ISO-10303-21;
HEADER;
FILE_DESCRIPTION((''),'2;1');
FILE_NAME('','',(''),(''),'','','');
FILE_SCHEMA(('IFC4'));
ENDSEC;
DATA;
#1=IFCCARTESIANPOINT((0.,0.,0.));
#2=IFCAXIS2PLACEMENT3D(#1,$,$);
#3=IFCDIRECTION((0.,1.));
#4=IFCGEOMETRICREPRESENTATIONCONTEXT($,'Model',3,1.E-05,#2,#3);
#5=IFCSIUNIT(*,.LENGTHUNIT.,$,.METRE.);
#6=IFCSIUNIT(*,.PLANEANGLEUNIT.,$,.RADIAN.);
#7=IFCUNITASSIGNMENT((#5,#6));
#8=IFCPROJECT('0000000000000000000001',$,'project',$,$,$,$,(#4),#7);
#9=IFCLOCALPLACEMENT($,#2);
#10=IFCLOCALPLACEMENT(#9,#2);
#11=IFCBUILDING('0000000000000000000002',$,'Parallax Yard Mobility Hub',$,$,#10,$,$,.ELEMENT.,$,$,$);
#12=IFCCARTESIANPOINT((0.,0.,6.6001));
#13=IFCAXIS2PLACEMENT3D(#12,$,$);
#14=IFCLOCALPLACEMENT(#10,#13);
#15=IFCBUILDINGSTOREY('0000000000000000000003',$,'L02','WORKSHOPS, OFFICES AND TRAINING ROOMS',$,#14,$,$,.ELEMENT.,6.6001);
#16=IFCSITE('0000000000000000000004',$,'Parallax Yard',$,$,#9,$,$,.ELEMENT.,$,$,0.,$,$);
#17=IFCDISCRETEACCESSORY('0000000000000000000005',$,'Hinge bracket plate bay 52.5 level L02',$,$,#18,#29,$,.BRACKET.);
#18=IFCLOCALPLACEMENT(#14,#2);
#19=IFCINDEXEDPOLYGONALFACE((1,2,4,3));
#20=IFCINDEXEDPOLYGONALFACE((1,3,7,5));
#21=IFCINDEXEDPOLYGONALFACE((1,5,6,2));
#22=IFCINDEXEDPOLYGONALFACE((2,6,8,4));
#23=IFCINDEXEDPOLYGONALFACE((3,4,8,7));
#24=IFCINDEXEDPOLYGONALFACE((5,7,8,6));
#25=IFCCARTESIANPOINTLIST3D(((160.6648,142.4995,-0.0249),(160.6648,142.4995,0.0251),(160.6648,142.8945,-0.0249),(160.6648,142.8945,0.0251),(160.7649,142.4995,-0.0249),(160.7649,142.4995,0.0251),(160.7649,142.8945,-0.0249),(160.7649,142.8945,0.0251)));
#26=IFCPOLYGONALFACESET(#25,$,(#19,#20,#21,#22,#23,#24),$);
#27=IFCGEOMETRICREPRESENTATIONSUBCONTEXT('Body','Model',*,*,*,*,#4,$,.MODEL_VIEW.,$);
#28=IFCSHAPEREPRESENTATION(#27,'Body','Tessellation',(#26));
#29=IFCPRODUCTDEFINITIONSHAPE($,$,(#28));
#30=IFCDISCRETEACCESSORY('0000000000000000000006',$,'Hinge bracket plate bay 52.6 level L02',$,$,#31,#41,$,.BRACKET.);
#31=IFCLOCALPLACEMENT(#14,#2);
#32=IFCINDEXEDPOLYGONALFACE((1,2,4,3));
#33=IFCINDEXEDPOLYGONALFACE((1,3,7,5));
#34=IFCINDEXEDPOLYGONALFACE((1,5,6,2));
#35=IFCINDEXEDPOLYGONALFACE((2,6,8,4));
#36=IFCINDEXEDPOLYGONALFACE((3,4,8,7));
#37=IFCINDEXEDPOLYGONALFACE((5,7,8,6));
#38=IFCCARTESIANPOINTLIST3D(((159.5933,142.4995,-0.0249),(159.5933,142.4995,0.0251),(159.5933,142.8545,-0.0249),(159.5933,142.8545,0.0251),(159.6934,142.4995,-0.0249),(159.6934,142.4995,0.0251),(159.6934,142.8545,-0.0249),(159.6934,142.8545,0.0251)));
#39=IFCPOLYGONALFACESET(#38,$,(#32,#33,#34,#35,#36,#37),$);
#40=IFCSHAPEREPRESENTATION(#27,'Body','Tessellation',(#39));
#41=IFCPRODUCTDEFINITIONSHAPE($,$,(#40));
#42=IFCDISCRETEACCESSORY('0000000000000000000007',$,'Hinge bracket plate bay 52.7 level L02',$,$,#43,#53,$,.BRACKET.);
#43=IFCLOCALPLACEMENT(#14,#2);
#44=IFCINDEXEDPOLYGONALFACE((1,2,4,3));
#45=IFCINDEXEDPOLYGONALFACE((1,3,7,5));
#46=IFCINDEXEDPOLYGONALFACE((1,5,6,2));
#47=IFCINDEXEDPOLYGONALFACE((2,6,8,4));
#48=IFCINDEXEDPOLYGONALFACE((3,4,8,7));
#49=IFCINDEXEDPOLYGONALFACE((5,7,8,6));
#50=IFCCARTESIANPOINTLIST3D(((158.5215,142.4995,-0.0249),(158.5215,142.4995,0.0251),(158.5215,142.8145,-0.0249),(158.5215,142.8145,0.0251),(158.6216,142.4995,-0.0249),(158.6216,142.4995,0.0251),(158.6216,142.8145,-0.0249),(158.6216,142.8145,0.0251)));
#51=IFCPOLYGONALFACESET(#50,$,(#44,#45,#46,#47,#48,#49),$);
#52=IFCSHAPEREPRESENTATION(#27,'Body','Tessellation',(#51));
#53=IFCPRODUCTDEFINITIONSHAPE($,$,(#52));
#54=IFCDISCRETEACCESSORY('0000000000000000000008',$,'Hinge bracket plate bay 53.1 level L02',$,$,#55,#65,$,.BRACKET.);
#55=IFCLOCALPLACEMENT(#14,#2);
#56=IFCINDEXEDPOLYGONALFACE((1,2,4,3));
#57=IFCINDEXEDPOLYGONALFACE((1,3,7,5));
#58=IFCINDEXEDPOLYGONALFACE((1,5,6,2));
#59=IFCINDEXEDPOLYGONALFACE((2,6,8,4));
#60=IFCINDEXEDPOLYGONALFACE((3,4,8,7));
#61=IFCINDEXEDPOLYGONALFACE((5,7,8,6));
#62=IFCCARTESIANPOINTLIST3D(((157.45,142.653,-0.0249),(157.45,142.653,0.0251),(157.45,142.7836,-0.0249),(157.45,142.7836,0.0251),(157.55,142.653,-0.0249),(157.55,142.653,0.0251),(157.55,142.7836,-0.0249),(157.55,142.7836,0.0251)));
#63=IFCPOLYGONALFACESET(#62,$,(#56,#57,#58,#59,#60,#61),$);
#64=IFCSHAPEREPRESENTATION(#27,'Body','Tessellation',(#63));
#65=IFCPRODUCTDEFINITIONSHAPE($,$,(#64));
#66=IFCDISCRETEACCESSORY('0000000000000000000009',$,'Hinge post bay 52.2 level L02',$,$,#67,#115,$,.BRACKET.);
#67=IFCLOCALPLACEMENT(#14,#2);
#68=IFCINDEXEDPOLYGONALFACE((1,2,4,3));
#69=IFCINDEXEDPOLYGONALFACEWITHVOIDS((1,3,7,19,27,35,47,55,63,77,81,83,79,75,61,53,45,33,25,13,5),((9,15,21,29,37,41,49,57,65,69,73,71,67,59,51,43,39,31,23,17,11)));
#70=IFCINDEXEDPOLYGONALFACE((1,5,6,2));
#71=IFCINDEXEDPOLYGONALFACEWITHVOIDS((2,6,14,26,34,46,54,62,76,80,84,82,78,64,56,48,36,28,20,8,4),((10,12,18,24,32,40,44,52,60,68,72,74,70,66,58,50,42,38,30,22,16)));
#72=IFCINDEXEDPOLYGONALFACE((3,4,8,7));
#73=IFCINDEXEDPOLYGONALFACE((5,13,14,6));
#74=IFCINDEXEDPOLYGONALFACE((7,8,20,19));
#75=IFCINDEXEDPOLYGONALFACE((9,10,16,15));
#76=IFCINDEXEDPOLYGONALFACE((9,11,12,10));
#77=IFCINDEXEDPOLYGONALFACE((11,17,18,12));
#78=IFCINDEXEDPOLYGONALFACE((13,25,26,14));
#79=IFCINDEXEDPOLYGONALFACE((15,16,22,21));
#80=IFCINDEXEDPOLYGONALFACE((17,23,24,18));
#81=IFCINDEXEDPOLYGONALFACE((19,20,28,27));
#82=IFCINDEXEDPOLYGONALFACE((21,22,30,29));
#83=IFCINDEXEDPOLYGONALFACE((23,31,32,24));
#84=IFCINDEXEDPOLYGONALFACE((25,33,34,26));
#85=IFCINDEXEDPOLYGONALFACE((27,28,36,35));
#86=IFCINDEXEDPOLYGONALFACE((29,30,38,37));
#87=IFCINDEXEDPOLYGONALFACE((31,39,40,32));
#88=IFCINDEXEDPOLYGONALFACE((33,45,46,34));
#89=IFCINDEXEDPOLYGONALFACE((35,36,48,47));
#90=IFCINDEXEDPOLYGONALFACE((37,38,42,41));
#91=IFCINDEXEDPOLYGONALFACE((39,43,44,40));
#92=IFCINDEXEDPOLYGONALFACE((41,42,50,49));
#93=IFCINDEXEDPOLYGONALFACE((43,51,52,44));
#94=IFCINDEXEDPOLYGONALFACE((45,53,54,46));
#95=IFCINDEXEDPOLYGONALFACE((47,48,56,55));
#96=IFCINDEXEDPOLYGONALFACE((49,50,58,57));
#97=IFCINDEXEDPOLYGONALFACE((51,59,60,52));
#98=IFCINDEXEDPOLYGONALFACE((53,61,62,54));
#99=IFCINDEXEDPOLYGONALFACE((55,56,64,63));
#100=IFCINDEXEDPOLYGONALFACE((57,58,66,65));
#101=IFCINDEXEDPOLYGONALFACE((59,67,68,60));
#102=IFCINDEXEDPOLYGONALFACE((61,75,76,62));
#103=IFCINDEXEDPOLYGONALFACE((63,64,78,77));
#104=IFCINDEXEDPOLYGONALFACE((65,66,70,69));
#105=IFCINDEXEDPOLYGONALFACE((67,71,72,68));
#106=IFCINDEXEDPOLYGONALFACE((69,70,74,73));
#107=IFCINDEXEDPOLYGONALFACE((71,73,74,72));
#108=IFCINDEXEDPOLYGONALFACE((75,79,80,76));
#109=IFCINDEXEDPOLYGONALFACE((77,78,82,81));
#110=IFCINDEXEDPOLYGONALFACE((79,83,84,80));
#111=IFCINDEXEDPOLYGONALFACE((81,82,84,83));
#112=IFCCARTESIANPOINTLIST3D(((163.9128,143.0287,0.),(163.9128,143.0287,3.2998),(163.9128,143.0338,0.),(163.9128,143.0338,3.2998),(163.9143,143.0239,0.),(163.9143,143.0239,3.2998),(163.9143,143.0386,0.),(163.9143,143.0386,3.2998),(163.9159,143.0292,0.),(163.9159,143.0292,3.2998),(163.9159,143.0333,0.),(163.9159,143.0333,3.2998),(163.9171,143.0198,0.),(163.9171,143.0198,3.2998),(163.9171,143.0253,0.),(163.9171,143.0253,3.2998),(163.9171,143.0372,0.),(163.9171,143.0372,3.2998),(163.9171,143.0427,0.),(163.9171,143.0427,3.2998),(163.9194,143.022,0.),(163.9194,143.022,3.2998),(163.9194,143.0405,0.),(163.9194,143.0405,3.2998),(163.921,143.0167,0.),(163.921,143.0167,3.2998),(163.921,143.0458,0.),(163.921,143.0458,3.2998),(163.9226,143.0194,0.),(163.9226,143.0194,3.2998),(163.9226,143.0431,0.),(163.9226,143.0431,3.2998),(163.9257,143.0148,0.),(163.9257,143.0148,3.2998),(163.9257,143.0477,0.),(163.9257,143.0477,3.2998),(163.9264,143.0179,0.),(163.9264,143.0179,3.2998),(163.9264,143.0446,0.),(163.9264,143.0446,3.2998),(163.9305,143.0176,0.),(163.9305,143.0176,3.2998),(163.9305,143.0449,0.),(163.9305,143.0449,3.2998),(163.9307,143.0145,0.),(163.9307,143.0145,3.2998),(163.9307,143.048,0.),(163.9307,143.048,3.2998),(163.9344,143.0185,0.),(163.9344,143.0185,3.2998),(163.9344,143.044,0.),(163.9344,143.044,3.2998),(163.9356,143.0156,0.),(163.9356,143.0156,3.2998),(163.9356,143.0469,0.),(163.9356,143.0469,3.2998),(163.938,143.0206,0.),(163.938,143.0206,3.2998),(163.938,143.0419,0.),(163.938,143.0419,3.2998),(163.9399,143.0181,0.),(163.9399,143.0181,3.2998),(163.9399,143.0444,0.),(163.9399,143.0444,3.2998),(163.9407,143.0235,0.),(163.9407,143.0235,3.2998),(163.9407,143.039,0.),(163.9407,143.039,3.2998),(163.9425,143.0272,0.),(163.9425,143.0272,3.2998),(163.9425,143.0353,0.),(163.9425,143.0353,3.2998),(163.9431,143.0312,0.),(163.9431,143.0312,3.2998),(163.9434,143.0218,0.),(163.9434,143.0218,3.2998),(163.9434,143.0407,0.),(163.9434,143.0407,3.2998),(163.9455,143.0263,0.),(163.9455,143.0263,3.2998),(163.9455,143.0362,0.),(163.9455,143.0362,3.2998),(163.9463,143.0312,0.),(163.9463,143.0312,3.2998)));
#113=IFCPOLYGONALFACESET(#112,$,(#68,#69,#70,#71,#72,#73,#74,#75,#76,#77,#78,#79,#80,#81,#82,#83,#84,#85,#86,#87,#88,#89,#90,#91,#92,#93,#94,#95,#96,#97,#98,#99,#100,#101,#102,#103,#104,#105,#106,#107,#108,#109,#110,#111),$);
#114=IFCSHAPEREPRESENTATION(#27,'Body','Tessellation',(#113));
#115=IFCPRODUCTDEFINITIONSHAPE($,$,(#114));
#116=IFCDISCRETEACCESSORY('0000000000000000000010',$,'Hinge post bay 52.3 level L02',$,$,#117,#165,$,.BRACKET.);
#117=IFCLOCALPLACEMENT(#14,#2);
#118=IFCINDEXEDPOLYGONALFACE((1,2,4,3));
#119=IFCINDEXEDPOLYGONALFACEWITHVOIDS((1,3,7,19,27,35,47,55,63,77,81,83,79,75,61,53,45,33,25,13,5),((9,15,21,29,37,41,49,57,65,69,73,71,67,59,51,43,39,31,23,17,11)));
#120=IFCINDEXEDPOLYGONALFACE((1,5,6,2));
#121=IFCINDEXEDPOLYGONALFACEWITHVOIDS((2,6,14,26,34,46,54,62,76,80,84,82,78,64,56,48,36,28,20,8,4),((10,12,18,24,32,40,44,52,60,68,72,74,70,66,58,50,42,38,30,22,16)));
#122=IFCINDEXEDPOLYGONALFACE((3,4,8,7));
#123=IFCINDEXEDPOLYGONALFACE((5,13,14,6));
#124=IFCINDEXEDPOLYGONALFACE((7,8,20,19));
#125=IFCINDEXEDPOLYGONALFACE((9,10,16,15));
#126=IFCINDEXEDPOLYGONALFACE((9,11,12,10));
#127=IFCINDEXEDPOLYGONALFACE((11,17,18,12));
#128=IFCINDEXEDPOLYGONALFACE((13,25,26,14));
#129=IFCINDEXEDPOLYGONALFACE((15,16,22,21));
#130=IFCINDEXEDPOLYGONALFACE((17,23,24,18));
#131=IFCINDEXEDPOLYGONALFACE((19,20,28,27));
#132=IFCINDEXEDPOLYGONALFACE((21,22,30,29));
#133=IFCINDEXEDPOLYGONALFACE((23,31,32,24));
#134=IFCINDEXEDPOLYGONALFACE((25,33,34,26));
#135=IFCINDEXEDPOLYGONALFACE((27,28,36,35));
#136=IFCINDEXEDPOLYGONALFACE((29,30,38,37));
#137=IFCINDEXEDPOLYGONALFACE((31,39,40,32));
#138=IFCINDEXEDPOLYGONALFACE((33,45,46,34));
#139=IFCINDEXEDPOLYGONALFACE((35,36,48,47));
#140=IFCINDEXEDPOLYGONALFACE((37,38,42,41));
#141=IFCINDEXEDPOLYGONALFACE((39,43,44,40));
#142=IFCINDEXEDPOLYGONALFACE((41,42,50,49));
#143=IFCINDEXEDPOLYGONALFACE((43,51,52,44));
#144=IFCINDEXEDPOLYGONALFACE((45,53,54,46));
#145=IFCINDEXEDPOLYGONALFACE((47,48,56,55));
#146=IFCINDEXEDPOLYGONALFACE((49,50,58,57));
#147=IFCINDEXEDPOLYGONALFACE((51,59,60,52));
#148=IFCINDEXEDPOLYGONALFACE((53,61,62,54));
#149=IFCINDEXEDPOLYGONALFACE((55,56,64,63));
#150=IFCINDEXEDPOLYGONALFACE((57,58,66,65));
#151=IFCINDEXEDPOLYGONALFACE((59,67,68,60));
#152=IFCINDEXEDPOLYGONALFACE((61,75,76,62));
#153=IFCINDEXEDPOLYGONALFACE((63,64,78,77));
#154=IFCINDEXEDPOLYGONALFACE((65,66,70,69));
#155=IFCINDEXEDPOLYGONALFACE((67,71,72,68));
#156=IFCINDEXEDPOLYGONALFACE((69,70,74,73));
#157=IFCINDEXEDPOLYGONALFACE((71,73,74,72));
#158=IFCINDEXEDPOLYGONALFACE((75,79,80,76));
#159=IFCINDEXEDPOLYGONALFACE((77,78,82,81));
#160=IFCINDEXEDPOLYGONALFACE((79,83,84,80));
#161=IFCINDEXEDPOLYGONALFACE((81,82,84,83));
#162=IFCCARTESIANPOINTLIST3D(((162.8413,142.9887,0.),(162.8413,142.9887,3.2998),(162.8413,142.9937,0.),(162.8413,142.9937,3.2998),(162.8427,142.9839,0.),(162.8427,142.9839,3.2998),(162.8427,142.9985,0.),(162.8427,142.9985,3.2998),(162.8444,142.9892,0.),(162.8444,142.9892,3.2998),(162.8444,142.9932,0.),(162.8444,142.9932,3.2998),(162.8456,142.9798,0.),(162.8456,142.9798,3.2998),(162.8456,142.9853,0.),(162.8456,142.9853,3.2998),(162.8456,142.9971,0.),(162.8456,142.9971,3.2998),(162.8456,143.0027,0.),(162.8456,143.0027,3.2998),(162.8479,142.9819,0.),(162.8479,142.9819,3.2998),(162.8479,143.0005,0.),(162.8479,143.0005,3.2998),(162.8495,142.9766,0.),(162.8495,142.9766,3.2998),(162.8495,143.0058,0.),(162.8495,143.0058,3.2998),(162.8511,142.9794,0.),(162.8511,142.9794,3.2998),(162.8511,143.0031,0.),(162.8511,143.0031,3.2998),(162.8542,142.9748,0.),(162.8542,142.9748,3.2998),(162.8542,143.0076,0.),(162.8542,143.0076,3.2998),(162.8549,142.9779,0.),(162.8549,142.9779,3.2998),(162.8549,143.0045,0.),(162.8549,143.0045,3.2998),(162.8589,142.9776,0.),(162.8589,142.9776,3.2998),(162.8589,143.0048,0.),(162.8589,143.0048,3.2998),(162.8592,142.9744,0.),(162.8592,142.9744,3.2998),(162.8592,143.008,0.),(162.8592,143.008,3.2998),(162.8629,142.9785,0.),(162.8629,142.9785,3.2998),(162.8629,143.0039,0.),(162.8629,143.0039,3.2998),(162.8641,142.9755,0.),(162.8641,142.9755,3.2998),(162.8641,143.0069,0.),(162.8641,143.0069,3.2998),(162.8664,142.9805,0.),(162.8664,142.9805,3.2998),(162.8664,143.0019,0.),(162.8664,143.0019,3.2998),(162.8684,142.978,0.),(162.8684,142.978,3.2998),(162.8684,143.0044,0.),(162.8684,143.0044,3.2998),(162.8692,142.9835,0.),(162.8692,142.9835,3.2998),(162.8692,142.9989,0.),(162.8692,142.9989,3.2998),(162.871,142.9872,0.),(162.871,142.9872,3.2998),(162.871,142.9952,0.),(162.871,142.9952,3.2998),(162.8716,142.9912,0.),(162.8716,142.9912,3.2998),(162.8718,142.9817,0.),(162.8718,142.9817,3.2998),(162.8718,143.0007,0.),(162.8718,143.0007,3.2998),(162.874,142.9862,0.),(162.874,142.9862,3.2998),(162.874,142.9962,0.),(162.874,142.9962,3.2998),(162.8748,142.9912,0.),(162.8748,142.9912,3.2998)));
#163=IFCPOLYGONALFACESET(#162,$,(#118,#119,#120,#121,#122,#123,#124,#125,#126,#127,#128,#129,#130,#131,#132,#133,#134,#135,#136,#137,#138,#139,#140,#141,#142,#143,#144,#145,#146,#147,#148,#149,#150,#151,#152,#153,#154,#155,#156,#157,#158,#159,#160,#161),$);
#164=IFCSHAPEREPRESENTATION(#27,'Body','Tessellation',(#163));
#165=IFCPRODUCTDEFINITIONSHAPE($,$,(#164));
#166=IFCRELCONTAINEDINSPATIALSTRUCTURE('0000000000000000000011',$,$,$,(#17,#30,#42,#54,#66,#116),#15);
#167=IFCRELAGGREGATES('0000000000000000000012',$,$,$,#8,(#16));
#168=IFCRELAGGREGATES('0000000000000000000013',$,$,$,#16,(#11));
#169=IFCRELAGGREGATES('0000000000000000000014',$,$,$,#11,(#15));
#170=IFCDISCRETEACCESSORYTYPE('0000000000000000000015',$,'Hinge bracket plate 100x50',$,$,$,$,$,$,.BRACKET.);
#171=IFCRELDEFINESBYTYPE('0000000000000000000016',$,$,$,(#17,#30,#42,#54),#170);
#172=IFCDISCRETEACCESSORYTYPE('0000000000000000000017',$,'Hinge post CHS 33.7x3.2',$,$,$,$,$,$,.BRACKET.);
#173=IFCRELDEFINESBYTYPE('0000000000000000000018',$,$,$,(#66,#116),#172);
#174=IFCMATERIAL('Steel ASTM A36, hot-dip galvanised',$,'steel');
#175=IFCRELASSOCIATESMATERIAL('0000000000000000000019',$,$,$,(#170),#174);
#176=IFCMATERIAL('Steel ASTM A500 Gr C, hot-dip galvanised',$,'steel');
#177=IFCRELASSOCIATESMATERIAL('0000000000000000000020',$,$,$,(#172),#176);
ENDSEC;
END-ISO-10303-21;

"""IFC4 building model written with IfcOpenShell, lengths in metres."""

from ifc_helpers import new_model, si_unit, direction, frame, origin, origin_2d, place, context, subcontext, project, spatial, rectangle, hollow_circle, extrude, material, material_profile, profile_set, type_object, element, save


model = new_model("IFC4")

# Units and contexts
model_context = context("Model", 3, precision=1e-05, world=origin(), true_north=direction((0.0, 1.0)))
body_context = subcontext(model_context, "Body", "Model", "MODEL_VIEW")
ifc_project = project(units=[si_unit("LENGTHUNIT", "METRE"), si_unit("PLANEANGLEUNIT", "RADIAN")], contexts=[model_context])

# Site, building, storey
site_placement = place(None, origin())
site = spatial("IfcSite", under=ifc_project, at=site_placement, Name="Parallax Yard", CompositionType="ELEMENT", RefElevation=0.0)
building_placement = place(site_placement, origin())
building = spatial("IfcBuilding", under=site, at=building_placement, Name="Parallax Yard Mobility Hub", CompositionType="ELEMENT")
storey_placement = place(building_placement, frame((0.0, 0.0, 6.6001)))
storey = spatial("IfcBuildingStorey", under=building, at=storey_placement, Name="L02", Description="WORKSHOPS, OFFICES AND TRAINING ROOMS", CompositionType="ELEMENT", Elevation=6.6001)

# Discrete accessories
ifc_material_1 = material(Name="Steel ASTM A36, hot-dip galvanised", Category="steel")
discrete_accessory_type_1 = type_object("IfcDiscreteAccessoryType", Name="Hinge bracket plate 100x50", PredefinedType="BRACKET", material=ifc_material_1)
discrete_accessory_1_placement = place(storey_placement, frame((160.7148, 142.697, -0.0249), z_axis=(0.0, 0.0, 1.0), x_axis=(0.0, 1.0, 0.0)))
element("IfcDiscreteAccessory", 1, at=discrete_accessory_1_placement, inside=storey, type_object=discrete_accessory_type_1, Name="Hinge bracket plate bay 52.5 level L02", PredefinedType="BRACKET", context=body_context, shape_type="SweptSolid", body=[
    extrude(rectangle(XDim=0.395, YDim=0.1001, at=origin_2d()), origin(), (0.0, 0.0, 1.0), 0.05),
])
discrete_accessory_2_placement = place(storey_placement, frame((159.6433, 142.677, -0.0249), z_axis=(0.0, 0.0, 1.0), x_axis=(0.0, 1.0, 0.0)))
element("IfcDiscreteAccessory", 2, at=discrete_accessory_2_placement, inside=storey, type_object=discrete_accessory_type_1, Name="Hinge bracket plate bay 52.6 level L02", PredefinedType="BRACKET", context=body_context, shape_type="SweptSolid", body=[
    extrude(rectangle(XDim=0.355, YDim=0.1001, at=origin_2d()), origin(), (0.0, 0.0, 1.0), 0.05),
])
discrete_accessory_3_placement = place(storey_placement, frame((158.5715, 142.657, -0.0249), z_axis=(0.0, 0.0, 1.0), x_axis=(0.0, 1.0, 0.0)))
element("IfcDiscreteAccessory", 3, at=discrete_accessory_3_placement, inside=storey, type_object=discrete_accessory_type_1, Name="Hinge bracket plate bay 52.7 level L02", PredefinedType="BRACKET", context=body_context, shape_type="SweptSolid", body=[
    extrude(rectangle(XDim=0.3149, YDim=0.1001, at=origin_2d()), origin(), (0.0, 0.0, 1.0), 0.05),
])
discrete_accessory_4_placement = place(storey_placement, frame((157.5, 142.7183, -0.0249), z_axis=(0.0, 0.0, 1.0), x_axis=(0.0, 1.0, 0.0)))
element("IfcDiscreteAccessory", 4, at=discrete_accessory_4_placement, inside=storey, type_object=discrete_accessory_type_1, Name="Hinge bracket plate bay 53.1 level L02", PredefinedType="BRACKET", context=body_context, shape_type="SweptSolid", body=[
    extrude(rectangle(XDim=0.1306, YDim=0.1001, at=origin_2d()), origin(), (0.0, 0.0, 1.0), 0.05),
])
ifc_material_2 = material(Name="Steel ASTM A500 Gr C, hot-dip galvanised", Category="steel")
ifc_material_profile_1 = material_profile(ifc_material_2, hollow_circle(Radius=0.0168, WallThickness=0.0032, at=origin_2d()), Name="CHS 33.7x3.2")
ifc_profile_set_1 = profile_set([ifc_material_profile_1], Name="Steel ASTM A500 Gr C, hot-dip galvanised")
discrete_accessory_type_2 = type_object("IfcDiscreteAccessoryType", Name="Hinge post CHS 33.7x3.2", PredefinedType="BRACKET", material=ifc_profile_set_1)
for number, where, z_axis, x_axis, name in (
    (5, (163.9294, 143.0312, 0.0), (0.0, 0.0, 1.0), (1.0, 0.0, 0.0), "Hinge post bay 52.2 level L02"),
    (6, (162.8579, 142.9912, 0.0), (0.0, 0.0, 1.0), (1.0, 0.0, 0.0), "Hinge post bay 52.3 level L02"),
):
    element("IfcDiscreteAccessory", number, at=place(storey_placement, frame(where, z_axis=z_axis, x_axis=x_axis)), inside=storey, type_object=discrete_accessory_type_2, Name=name, PredefinedType="BRACKET", context=body_context, shape_type="SweptSolid", body=[
        extrude(hollow_circle(Radius=0.0168, WallThickness=0.0032, at=origin_2d()), origin(), (0.0, 0.0, 1.0), 3.2998),
    ])

save(model, "model.ifc")
